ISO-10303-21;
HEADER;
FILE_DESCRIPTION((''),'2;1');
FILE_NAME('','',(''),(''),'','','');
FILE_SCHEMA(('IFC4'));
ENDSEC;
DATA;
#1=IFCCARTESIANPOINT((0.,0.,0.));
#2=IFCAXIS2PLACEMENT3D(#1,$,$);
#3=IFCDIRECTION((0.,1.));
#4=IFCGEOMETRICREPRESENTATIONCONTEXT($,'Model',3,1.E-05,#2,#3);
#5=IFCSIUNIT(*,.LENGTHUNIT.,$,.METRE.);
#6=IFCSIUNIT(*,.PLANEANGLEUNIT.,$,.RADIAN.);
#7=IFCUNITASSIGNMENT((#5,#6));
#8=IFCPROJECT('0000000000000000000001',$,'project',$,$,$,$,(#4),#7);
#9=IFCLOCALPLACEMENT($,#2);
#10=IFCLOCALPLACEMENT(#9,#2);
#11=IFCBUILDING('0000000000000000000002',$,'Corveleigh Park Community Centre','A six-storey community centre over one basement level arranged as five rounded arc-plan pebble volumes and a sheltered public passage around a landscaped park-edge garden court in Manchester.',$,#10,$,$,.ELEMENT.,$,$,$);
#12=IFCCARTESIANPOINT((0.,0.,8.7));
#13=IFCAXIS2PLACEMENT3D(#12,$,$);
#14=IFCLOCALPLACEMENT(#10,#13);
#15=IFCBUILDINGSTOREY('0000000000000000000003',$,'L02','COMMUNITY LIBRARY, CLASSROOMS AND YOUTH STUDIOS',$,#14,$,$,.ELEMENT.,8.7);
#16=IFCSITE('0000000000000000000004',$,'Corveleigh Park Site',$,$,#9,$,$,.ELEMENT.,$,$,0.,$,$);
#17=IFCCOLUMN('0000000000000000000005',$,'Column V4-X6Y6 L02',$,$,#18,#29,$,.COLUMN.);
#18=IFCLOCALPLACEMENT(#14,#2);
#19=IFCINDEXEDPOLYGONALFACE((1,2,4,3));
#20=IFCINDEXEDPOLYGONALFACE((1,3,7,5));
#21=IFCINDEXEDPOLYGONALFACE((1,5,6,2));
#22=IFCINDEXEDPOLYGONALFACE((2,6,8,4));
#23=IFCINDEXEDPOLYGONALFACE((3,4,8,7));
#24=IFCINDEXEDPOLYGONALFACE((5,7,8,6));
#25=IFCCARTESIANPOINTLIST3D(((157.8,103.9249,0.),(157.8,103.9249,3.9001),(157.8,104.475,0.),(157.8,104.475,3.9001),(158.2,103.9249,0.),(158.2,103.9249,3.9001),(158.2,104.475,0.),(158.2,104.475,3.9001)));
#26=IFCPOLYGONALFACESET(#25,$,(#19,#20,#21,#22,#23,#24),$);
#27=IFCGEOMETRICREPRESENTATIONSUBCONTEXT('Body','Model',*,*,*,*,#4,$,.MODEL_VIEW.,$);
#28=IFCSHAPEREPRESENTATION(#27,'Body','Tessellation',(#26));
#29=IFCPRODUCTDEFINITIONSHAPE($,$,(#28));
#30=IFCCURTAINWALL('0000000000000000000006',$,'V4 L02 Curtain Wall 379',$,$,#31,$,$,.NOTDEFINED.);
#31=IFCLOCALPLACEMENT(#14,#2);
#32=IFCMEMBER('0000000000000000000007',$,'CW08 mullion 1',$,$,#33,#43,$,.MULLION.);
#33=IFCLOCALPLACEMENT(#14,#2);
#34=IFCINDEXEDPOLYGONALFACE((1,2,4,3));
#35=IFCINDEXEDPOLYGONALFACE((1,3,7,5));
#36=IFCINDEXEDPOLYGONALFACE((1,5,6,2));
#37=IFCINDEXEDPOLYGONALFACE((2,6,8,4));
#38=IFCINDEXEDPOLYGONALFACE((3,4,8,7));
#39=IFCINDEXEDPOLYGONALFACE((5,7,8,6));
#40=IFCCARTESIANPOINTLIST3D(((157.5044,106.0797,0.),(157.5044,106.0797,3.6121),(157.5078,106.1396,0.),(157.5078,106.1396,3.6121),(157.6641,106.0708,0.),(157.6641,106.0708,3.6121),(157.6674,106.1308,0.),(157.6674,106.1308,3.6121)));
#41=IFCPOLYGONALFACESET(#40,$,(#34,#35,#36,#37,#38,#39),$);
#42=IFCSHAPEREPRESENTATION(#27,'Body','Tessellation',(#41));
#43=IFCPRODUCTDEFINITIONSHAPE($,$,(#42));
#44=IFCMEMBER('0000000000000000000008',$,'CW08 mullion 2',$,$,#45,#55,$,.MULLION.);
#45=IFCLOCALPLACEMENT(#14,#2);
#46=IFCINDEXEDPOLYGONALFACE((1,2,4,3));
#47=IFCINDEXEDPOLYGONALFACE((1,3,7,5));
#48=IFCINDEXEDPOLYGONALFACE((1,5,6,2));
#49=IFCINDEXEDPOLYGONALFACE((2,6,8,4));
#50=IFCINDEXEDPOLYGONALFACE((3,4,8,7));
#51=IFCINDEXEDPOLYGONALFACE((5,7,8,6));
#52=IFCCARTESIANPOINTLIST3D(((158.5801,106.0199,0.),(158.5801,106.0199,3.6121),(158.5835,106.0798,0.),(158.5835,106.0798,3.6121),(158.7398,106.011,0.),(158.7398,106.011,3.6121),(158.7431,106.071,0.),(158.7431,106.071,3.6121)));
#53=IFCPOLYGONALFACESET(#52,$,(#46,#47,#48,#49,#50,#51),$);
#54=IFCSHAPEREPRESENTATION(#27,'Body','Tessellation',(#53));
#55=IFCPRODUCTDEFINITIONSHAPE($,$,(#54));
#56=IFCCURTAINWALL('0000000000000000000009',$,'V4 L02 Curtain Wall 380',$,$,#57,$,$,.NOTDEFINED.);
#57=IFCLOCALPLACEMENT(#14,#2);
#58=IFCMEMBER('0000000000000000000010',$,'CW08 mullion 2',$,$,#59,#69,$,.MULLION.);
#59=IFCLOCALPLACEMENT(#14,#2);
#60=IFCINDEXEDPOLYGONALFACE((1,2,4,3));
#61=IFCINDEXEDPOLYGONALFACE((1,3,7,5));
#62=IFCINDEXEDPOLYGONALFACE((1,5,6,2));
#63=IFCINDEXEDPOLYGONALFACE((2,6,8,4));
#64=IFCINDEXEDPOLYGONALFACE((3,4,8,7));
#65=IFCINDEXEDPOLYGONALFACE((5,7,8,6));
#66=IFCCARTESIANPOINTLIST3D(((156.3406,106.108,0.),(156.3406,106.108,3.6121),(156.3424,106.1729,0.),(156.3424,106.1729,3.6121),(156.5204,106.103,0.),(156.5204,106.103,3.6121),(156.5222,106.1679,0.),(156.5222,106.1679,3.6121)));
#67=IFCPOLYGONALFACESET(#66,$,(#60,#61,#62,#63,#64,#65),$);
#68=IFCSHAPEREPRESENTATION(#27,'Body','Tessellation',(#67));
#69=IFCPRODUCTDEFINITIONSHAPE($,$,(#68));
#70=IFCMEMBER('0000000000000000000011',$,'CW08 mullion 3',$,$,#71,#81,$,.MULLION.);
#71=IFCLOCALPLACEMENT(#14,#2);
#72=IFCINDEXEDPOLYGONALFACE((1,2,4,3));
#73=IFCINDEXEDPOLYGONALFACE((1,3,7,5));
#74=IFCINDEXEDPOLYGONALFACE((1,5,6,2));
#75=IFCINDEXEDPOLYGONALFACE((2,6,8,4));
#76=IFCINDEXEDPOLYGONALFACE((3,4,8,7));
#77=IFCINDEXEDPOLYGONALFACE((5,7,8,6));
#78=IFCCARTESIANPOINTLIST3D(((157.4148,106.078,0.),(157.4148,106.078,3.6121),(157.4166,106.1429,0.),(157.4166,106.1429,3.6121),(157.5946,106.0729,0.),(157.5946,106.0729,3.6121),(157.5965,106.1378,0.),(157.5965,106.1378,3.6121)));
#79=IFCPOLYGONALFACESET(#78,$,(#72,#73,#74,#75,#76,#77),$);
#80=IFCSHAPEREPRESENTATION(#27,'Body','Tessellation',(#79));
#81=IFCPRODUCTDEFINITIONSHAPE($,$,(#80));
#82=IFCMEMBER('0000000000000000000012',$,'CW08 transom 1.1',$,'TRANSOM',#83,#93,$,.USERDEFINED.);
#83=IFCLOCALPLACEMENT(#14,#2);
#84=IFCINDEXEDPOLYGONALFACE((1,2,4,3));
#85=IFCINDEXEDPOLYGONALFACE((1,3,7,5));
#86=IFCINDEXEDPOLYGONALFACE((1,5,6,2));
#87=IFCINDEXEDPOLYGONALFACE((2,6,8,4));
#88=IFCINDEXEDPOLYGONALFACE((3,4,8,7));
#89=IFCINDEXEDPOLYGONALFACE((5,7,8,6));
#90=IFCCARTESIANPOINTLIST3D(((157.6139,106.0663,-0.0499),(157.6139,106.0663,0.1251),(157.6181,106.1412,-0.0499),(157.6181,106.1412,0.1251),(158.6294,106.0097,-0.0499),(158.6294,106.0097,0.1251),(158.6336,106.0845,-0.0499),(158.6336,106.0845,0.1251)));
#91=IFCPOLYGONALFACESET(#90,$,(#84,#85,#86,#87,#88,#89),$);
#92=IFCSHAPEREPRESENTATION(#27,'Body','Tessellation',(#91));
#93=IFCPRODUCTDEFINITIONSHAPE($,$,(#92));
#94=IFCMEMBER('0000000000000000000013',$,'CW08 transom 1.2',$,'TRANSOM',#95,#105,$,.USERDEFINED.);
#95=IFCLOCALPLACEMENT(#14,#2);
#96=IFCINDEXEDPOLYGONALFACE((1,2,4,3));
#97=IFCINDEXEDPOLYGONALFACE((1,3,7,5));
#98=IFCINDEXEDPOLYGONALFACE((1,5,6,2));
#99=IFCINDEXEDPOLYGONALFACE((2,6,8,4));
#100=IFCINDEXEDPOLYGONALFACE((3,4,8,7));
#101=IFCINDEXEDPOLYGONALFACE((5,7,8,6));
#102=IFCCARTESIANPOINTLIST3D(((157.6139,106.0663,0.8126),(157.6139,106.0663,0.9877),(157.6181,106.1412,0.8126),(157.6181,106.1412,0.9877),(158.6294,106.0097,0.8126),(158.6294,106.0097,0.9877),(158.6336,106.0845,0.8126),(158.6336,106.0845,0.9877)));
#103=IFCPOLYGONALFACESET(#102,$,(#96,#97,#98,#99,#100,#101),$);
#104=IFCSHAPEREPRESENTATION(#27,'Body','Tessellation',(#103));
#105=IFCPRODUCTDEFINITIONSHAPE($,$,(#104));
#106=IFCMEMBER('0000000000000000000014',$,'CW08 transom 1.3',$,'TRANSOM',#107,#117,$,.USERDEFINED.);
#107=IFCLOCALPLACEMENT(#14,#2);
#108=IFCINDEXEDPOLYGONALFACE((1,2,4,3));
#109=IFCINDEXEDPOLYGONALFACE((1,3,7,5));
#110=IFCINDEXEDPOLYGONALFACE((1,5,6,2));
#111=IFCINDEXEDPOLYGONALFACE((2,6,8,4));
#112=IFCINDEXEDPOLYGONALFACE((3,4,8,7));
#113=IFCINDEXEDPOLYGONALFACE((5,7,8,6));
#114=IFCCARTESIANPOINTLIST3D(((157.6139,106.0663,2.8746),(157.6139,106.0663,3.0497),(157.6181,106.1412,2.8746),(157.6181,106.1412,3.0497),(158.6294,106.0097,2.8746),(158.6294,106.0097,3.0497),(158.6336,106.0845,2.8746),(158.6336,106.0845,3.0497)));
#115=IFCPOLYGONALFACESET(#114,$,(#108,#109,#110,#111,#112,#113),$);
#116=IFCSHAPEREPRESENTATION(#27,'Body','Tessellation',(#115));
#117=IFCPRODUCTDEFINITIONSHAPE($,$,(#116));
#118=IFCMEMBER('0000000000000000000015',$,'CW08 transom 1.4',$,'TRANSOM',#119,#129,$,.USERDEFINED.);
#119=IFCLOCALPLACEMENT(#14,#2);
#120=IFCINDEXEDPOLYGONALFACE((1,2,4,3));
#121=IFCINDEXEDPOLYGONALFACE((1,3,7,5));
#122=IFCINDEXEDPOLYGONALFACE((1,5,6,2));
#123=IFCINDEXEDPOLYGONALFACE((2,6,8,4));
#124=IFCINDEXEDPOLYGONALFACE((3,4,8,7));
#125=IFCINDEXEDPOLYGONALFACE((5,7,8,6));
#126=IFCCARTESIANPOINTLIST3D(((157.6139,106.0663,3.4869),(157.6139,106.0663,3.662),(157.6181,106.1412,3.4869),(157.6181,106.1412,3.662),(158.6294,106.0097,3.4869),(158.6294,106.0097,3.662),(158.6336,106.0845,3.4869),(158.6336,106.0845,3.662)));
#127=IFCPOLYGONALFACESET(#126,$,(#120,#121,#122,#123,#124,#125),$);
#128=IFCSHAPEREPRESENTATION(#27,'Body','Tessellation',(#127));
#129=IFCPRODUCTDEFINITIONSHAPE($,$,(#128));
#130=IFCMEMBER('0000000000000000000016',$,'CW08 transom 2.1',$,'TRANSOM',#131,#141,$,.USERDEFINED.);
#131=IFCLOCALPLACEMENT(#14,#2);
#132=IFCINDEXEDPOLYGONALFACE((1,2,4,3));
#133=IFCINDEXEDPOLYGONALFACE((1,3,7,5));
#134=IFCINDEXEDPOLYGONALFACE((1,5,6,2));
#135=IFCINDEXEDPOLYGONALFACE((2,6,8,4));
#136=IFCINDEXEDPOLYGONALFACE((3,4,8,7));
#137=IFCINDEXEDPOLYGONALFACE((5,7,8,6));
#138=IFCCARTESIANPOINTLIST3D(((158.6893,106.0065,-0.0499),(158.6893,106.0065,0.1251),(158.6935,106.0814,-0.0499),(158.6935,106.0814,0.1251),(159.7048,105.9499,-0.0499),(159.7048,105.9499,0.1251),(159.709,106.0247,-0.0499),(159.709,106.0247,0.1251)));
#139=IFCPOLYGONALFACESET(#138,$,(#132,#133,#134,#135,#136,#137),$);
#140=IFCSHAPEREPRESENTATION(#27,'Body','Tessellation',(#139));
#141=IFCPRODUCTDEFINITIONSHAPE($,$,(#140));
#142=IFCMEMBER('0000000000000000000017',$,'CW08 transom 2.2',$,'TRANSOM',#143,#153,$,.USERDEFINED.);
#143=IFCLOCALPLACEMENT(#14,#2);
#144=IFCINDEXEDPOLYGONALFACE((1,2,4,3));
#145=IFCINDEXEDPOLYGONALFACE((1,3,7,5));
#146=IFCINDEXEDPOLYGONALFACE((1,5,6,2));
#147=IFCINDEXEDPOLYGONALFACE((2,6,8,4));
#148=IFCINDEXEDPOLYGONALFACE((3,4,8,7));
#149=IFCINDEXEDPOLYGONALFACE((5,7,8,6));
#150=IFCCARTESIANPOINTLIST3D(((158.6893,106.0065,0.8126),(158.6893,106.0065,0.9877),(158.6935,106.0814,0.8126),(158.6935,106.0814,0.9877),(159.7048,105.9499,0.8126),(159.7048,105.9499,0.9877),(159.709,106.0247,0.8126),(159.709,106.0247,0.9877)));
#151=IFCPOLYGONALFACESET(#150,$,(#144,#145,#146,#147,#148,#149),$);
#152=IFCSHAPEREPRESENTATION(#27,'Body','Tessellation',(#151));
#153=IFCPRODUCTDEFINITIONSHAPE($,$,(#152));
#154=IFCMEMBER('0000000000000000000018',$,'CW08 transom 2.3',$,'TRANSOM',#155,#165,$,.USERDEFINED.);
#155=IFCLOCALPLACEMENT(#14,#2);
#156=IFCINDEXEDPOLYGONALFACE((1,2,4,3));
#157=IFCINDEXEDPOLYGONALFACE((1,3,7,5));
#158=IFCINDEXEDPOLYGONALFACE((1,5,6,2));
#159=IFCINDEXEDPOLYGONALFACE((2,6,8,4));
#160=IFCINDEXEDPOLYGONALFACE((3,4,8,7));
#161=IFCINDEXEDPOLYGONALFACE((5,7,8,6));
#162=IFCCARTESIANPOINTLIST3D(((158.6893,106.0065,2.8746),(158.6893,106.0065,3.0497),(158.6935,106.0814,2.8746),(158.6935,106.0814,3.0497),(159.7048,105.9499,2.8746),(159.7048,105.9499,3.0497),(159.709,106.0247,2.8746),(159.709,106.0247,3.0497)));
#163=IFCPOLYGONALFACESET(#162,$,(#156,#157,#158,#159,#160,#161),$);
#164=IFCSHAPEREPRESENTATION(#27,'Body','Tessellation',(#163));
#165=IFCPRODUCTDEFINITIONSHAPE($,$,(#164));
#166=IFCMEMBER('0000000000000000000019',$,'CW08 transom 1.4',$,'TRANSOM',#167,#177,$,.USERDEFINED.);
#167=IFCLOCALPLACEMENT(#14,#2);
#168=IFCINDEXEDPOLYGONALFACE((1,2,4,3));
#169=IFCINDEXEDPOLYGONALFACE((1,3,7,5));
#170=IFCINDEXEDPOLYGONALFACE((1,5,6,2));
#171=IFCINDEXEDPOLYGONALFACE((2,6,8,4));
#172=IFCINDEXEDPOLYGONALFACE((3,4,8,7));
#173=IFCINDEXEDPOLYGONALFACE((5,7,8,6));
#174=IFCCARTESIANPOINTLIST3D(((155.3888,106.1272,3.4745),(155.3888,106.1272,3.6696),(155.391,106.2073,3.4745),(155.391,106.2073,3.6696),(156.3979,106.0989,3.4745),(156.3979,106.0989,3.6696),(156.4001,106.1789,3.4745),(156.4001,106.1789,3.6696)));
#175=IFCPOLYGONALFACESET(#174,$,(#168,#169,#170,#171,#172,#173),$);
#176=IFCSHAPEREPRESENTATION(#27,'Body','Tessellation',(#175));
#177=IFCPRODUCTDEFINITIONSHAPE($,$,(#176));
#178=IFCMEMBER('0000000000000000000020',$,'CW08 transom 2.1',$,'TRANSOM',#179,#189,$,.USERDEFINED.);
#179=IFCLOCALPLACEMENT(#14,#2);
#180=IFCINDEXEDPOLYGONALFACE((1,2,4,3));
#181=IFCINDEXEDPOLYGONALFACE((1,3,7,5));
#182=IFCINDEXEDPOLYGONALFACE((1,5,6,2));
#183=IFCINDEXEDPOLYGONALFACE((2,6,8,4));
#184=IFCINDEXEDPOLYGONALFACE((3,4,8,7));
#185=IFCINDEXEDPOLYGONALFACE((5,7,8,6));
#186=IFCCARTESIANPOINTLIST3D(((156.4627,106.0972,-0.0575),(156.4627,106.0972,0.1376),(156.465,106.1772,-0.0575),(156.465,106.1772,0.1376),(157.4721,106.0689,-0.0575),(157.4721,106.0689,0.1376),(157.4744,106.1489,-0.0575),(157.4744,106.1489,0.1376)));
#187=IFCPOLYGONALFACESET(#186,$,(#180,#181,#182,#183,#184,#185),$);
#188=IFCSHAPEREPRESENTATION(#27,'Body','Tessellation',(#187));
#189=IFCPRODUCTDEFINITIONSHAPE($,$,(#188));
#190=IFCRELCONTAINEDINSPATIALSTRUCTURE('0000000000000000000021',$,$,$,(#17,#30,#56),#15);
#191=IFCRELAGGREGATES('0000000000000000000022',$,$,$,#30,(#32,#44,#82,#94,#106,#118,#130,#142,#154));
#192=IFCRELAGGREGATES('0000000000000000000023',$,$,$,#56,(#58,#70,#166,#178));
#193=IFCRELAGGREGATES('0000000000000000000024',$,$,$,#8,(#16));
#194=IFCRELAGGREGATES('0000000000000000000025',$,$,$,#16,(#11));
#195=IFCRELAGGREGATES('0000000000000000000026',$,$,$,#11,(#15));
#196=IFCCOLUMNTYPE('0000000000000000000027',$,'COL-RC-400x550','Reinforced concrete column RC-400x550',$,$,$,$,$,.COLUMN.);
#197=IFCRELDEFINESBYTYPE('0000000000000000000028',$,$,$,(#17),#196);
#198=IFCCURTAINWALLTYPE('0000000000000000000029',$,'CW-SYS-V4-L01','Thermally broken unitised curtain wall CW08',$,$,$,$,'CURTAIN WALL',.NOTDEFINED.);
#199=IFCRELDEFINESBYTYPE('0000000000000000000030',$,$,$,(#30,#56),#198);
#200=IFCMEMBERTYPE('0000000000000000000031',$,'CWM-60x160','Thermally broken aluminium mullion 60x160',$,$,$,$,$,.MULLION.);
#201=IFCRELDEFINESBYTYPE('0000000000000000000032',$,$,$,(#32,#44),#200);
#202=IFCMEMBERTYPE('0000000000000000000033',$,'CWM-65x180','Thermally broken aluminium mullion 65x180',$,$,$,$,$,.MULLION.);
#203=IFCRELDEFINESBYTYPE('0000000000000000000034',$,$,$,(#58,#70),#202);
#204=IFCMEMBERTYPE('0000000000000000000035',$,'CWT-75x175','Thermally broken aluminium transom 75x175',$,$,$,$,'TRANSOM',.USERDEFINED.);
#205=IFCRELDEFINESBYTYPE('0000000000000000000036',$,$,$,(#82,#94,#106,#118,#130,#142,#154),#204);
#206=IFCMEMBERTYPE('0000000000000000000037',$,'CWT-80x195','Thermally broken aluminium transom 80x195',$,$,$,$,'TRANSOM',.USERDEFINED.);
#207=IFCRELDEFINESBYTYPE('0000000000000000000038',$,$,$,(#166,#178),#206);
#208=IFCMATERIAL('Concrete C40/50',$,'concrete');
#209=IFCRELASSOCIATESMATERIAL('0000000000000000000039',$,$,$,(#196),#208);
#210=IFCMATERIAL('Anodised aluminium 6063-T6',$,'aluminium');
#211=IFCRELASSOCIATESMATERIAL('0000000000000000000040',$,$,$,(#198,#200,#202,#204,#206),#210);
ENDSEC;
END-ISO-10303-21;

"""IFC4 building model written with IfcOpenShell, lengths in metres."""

from ifc_helpers import new_model, si_unit, direction, frame, origin, origin_2d, place, context, subcontext, project, spatial, rectangle, extrude, material, material_profile, profile_set, type_object, element, aggregate, save


model = new_model("IFC4")

# Units and contexts
model_context = context("Model", 3, precision=1e-05, world=origin(), true_north=direction((0.0, 1.0)))
body_context = subcontext(model_context, "Body", "Model", "MODEL_VIEW")
ifc_project = project(units=[si_unit("LENGTHUNIT", "METRE"), si_unit("PLANEANGLEUNIT", "RADIAN")], contexts=[model_context])

# Site, building, storey
site_placement = place(None, origin())
site = spatial("IfcSite", under=ifc_project, at=site_placement, Name="Corveleigh Park Site", CompositionType="ELEMENT", RefElevation=0.0)
building_placement = place(site_placement, origin())
building = spatial("IfcBuilding", under=site, at=building_placement, Name="Corveleigh Park Community Centre", Description="A six-storey community centre over one basement level arranged as five rounded arc-plan pebble volumes and a sheltered public passage around a landscaped park-edge garden court in Manchester.", CompositionType="ELEMENT")
storey_placement = place(building_placement, frame((0.0, 0.0, 8.7)))
storey = spatial("IfcBuildingStorey", under=building, at=storey_placement, Name="L02", Description="COMMUNITY LIBRARY, CLASSROOMS AND YOUTH STUDIOS", CompositionType="ELEMENT", Elevation=8.7)

# Column
ifc_material_1 = material(Name="Concrete C40/50", Category="concrete")
ifc_material_profile_1 = material_profile(ifc_material_1, rectangle(XDim=0.3999, YDim=0.55, at=origin_2d()), Name="RC-400x550", Category="concrete")
ifc_profile_set_1 = profile_set([ifc_material_profile_1], Name="Concrete C40/50")
column_type = type_object("IfcColumnType", Name="COL-RC-400x550", Description="Reinforced concrete column RC-400x550", PredefinedType="COLUMN", material=ifc_profile_set_1)
column_placement = place(storey_placement, frame((158.0, 104.2, 0.0), z_axis=(0.0, 0.0, 1.0), x_axis=(1.0, 0.0, 0.0)))
element("IfcColumn", 1, at=column_placement, inside=storey, type_object=column_type, Name="Column V4-X6Y6 L02", PredefinedType="COLUMN", context=body_context, shape_type="SweptSolid", body=[
    extrude(rectangle(XDim=0.3999, YDim=0.55, at=origin_2d()), origin(), (0.0, 0.0, 1.0), 3.9001),
])

# Curtain walls, members
ifc_material_2 = material(Name="Anodised aluminium 6063-T6", Category="aluminium")
curtain_wall_type = type_object("IfcCurtainWallType", Name="CW-SYS-V4-L01", Description="Thermally broken unitised curtain wall CW08", ElementType="CURTAIN WALL", PredefinedType="NOTDEFINED", material=ifc_material_2)
curtain_wall_1_placement = place(storey_placement, origin())
curtain_wall_1 = element("IfcCurtainWall", 2, at=curtain_wall_1_placement, inside=storey, type_object=curtain_wall_type, Name="V4 L02 Curtain Wall 379", PredefinedType="NOTDEFINED")
ifc_material_profile_2 = material_profile(ifc_material_2, rectangle(XDim=0.0601, YDim=0.1599, at=origin_2d()), Name="ALU-M60x160", Category="aluminium")
ifc_profile_set_2 = profile_set([ifc_material_profile_2], Name="Anodised aluminium 6063-T6")
member_type_1 = type_object("IfcMemberType", Name="CWM-60x160", Description="Thermally broken aluminium mullion 60x160", PredefinedType="MULLION", material=ifc_profile_set_2)
member_1_placement = place(storey_placement, frame((157.5859, 106.1052, 0.0), z_axis=(0.0, 0.0, 1.0), x_axis=(0.055545, 0.998456, 0.0)))
member_1 = element("IfcMember", 3, at=member_1_placement, type_object=member_type_1, Name="CW08 mullion 1", PredefinedType="MULLION", context=body_context, shape_type="SweptSolid", body=[
    extrude(rectangle(XDim=0.0601, YDim=0.1599, at=origin_2d()), origin(), (0.0, 0.0, 1.0), 3.6121),
])
member_2_placement = place(storey_placement, frame((158.6616, 106.0454, 0.0), z_axis=(0.0, 0.0, 1.0), x_axis=(0.055545, 0.998456, 0.0)))
member_2 = element("IfcMember", 4, at=member_2_placement, type_object=member_type_1, Name="CW08 mullion 2", PredefinedType="MULLION", context=body_context, shape_type="SweptSolid", body=[
    extrude(rectangle(XDim=0.0601, YDim=0.1599, at=origin_2d()), origin(), (0.0, 0.0, 1.0), 3.6121),
])
curtain_wall_2_placement = place(storey_placement, origin())
curtain_wall_2 = element("IfcCurtainWall", 5, at=curtain_wall_2_placement, inside=storey, type_object=curtain_wall_type, Name="V4 L02 Curtain Wall 380", PredefinedType="NOTDEFINED")
ifc_material_profile_3 = material_profile(ifc_material_2, rectangle(XDim=0.0649, YDim=0.1799, at=origin_2d()), Name="ALU-M65x180", Category="aluminium")
ifc_profile_set_3 = profile_set([ifc_material_profile_3], Name="Anodised aluminium 6063-T6")
member_type_2 = type_object("IfcMemberType", Name="CWM-65x180", Description="Thermally broken aluminium mullion 65x180", PredefinedType="MULLION", material=ifc_profile_set_3)
member_3_placement = place(storey_placement, frame((156.4314, 106.1379, 0.0), z_axis=(0.0, 0.0, 1.0), x_axis=(0.028005, 0.999608, 0.0)))
member_3 = element("IfcMember", 6, at=member_3_placement, type_object=member_type_2, Name="CW08 mullion 2", PredefinedType="MULLION", context=body_context, shape_type="SweptSolid", body=[
    extrude(rectangle(XDim=0.0649, YDim=0.1799, at=origin_2d()), origin(), (0.0, 0.0, 1.0), 3.6121),
])
member_4_placement = place(storey_placement, frame((157.5056, 106.1079, 0.0), z_axis=(0.0, 0.0, 1.0), x_axis=(0.028005, 0.999608, 0.0)))
member_4 = element("IfcMember", 7, at=member_4_placement, type_object=member_type_2, Name="CW08 mullion 3", PredefinedType="MULLION", context=body_context, shape_type="SweptSolid", body=[
    extrude(rectangle(XDim=0.0649, YDim=0.1799, at=origin_2d()), origin(), (0.0, 0.0, 1.0), 3.6121),
])

# Members
ifc_material_profile_4 = material_profile(ifc_material_2, rectangle(XDim=0.075, YDim=0.175, at=origin_2d()), Name="ALU-T75x175", Category="aluminium")
ifc_profile_set_4 = profile_set([ifc_material_profile_4], Name="Anodised aluminium 6063-T6")
member_type_3 = type_object("IfcMemberType", Name="CWT-75x175", Description="Thermally broken aluminium transom 75x175", ElementType="TRANSOM", PredefinedType="USERDEFINED", material=ifc_profile_set_4)
member_5_placement = place(storey_placement, frame((157.616, 106.1038, 0.0376), z_axis=(0.998449, -0.055683, 0.0), x_axis=(0.055683, 0.998449, 0.0)))
member_5 = element("IfcMember", 8, at=member_5_placement, type_object=member_type_3, Name="CW08 transom 1.1", ObjectType="TRANSOM", PredefinedType="USERDEFINED", context=body_context, shape_type="SweptSolid", body=[
    extrude(rectangle(XDim=0.075, YDim=0.175, at=origin_2d()), origin(), (0.0, 0.0, 1.0), 1.0171),
])
member_6_placement = place(storey_placement, frame((157.616, 106.1038, 0.9001), z_axis=(0.998449, -0.055683, 0.0), x_axis=(0.055683, 0.998449, 0.0)))
member_6 = element("IfcMember", 9, at=member_6_placement, type_object=member_type_3, Name="CW08 transom 1.2", ObjectType="TRANSOM", PredefinedType="USERDEFINED", context=body_context, shape_type="SweptSolid", body=[
    extrude(rectangle(XDim=0.075, YDim=0.175, at=origin_2d()), origin(), (0.0, 0.0, 1.0), 1.0171),
])
member_7_placement = place(storey_placement, frame((157.616, 106.1038, 2.9622), z_axis=(0.998449, -0.055683, 0.0), x_axis=(0.055683, 0.998449, 0.0)))
member_7 = element("IfcMember", 10, at=member_7_placement, type_object=member_type_3, Name="CW08 transom 1.3", ObjectType="TRANSOM", PredefinedType="USERDEFINED", context=body_context, shape_type="SweptSolid", body=[
    extrude(rectangle(XDim=0.075, YDim=0.175, at=origin_2d()), origin(), (0.0, 0.0, 1.0), 1.0171),
])
member_8_placement = place(storey_placement, frame((157.616, 106.1038, 3.5745), z_axis=(0.998449, -0.055683, 0.0), x_axis=(0.055683, 0.998449, 0.0)))
member_8 = element("IfcMember", 11, at=member_8_placement, type_object=member_type_3, Name="CW08 transom 1.4", ObjectType="TRANSOM", PredefinedType="USERDEFINED", context=body_context, shape_type="SweptSolid", body=[
    extrude(rectangle(XDim=0.075, YDim=0.175, at=origin_2d()), origin(), (0.0, 0.0, 1.0), 1.0171),
])
member_9_placement = place(storey_placement, frame((158.6914, 106.0439, 0.0376), z_axis=(0.998449, -0.055683, 0.0), x_axis=(0.055683, 0.998449, 0.0)))
member_9 = element("IfcMember", 12, at=member_9_placement, type_object=member_type_3, Name="CW08 transom 2.1", ObjectType="TRANSOM", PredefinedType="USERDEFINED", context=body_context, shape_type="SweptSolid", body=[
    extrude(rectangle(XDim=0.075, YDim=0.175, at=origin_2d()), origin(), (0.0, 0.0, 1.0), 1.0171),
])
member_10_placement = place(storey_placement, frame((158.6914, 106.0439, 0.9001), z_axis=(0.998449, -0.055683, 0.0), x_axis=(0.055683, 0.998449, 0.0)))
member_10 = element("IfcMember", 13, at=member_10_placement, type_object=member_type_3, Name="CW08 transom 2.2", ObjectType="TRANSOM", PredefinedType="USERDEFINED", context=body_context, shape_type="SweptSolid", body=[
    extrude(rectangle(XDim=0.075, YDim=0.175, at=origin_2d()), origin(), (0.0, 0.0, 1.0), 1.0171),
])
member_11_placement = place(storey_placement, frame((158.6914, 106.0439, 2.9622), z_axis=(0.998449, -0.055683, 0.0), x_axis=(0.055683, 0.998449, 0.0)))
member_11 = element("IfcMember", 14, at=member_11_placement, type_object=member_type_3, Name="CW08 transom 2.3", ObjectType="TRANSOM", PredefinedType="USERDEFINED", context=body_context, shape_type="SweptSolid", body=[
    extrude(rectangle(XDim=0.075, YDim=0.175, at=origin_2d()), origin(), (0.0, 0.0, 1.0), 1.0171),
])
ifc_material_profile_5 = material_profile(ifc_material_2, rectangle(XDim=0.0801, YDim=0.1951, at=origin_2d()), Name="ALU-T80x195", Category="aluminium")
ifc_profile_set_5 = profile_set([ifc_material_profile_5], Name="Anodised aluminium 6063-T6")
member_type_4 = type_object("IfcMemberType", Name="CWT-80x195", Description="Thermally broken aluminium transom 80x195", ElementType="TRANSOM", PredefinedType="USERDEFINED", material=ifc_profile_set_5)
member_12_placement = place(storey_placement, frame((155.3899, 106.1672, 3.572), z_axis=(0.999606, -0.028056, 0.0), x_axis=(0.028056, 0.999606, 0.0)))
member_12 = element("IfcMember", 15, at=member_12_placement, type_object=member_type_4, Name="CW08 transom 1.4", ObjectType="TRANSOM", PredefinedType="USERDEFINED", context=body_context, shape_type="SweptSolid", body=[
    extrude(rectangle(XDim=0.0801, YDim=0.1951, at=origin_2d()), origin(), (0.0, 0.0, 1.0), 1.0095),
])
member_13_placement = place(storey_placement, frame((156.4639, 106.1372, 0.04), z_axis=(0.999607, -0.028049, 0.0), x_axis=(0.028049, 0.999607, 0.0)))
member_13 = element("IfcMember", 16, at=member_13_placement, type_object=member_type_4, Name="CW08 transom 2.1", ObjectType="TRANSOM", PredefinedType="USERDEFINED", context=body_context, shape_type="SweptSolid", body=[
    extrude(rectangle(XDim=0.0801, YDim=0.1951, at=origin_2d()), origin(), (0.0, 0.0, 1.0), 1.0098),
])

aggregate(curtain_wall_1, [member_1, member_2, member_5, member_6, member_7, member_8, member_9, member_10, member_11])
aggregate(curtain_wall_2, [member_3, member_4, member_12, member_13])

save(model, "model.ifc")
